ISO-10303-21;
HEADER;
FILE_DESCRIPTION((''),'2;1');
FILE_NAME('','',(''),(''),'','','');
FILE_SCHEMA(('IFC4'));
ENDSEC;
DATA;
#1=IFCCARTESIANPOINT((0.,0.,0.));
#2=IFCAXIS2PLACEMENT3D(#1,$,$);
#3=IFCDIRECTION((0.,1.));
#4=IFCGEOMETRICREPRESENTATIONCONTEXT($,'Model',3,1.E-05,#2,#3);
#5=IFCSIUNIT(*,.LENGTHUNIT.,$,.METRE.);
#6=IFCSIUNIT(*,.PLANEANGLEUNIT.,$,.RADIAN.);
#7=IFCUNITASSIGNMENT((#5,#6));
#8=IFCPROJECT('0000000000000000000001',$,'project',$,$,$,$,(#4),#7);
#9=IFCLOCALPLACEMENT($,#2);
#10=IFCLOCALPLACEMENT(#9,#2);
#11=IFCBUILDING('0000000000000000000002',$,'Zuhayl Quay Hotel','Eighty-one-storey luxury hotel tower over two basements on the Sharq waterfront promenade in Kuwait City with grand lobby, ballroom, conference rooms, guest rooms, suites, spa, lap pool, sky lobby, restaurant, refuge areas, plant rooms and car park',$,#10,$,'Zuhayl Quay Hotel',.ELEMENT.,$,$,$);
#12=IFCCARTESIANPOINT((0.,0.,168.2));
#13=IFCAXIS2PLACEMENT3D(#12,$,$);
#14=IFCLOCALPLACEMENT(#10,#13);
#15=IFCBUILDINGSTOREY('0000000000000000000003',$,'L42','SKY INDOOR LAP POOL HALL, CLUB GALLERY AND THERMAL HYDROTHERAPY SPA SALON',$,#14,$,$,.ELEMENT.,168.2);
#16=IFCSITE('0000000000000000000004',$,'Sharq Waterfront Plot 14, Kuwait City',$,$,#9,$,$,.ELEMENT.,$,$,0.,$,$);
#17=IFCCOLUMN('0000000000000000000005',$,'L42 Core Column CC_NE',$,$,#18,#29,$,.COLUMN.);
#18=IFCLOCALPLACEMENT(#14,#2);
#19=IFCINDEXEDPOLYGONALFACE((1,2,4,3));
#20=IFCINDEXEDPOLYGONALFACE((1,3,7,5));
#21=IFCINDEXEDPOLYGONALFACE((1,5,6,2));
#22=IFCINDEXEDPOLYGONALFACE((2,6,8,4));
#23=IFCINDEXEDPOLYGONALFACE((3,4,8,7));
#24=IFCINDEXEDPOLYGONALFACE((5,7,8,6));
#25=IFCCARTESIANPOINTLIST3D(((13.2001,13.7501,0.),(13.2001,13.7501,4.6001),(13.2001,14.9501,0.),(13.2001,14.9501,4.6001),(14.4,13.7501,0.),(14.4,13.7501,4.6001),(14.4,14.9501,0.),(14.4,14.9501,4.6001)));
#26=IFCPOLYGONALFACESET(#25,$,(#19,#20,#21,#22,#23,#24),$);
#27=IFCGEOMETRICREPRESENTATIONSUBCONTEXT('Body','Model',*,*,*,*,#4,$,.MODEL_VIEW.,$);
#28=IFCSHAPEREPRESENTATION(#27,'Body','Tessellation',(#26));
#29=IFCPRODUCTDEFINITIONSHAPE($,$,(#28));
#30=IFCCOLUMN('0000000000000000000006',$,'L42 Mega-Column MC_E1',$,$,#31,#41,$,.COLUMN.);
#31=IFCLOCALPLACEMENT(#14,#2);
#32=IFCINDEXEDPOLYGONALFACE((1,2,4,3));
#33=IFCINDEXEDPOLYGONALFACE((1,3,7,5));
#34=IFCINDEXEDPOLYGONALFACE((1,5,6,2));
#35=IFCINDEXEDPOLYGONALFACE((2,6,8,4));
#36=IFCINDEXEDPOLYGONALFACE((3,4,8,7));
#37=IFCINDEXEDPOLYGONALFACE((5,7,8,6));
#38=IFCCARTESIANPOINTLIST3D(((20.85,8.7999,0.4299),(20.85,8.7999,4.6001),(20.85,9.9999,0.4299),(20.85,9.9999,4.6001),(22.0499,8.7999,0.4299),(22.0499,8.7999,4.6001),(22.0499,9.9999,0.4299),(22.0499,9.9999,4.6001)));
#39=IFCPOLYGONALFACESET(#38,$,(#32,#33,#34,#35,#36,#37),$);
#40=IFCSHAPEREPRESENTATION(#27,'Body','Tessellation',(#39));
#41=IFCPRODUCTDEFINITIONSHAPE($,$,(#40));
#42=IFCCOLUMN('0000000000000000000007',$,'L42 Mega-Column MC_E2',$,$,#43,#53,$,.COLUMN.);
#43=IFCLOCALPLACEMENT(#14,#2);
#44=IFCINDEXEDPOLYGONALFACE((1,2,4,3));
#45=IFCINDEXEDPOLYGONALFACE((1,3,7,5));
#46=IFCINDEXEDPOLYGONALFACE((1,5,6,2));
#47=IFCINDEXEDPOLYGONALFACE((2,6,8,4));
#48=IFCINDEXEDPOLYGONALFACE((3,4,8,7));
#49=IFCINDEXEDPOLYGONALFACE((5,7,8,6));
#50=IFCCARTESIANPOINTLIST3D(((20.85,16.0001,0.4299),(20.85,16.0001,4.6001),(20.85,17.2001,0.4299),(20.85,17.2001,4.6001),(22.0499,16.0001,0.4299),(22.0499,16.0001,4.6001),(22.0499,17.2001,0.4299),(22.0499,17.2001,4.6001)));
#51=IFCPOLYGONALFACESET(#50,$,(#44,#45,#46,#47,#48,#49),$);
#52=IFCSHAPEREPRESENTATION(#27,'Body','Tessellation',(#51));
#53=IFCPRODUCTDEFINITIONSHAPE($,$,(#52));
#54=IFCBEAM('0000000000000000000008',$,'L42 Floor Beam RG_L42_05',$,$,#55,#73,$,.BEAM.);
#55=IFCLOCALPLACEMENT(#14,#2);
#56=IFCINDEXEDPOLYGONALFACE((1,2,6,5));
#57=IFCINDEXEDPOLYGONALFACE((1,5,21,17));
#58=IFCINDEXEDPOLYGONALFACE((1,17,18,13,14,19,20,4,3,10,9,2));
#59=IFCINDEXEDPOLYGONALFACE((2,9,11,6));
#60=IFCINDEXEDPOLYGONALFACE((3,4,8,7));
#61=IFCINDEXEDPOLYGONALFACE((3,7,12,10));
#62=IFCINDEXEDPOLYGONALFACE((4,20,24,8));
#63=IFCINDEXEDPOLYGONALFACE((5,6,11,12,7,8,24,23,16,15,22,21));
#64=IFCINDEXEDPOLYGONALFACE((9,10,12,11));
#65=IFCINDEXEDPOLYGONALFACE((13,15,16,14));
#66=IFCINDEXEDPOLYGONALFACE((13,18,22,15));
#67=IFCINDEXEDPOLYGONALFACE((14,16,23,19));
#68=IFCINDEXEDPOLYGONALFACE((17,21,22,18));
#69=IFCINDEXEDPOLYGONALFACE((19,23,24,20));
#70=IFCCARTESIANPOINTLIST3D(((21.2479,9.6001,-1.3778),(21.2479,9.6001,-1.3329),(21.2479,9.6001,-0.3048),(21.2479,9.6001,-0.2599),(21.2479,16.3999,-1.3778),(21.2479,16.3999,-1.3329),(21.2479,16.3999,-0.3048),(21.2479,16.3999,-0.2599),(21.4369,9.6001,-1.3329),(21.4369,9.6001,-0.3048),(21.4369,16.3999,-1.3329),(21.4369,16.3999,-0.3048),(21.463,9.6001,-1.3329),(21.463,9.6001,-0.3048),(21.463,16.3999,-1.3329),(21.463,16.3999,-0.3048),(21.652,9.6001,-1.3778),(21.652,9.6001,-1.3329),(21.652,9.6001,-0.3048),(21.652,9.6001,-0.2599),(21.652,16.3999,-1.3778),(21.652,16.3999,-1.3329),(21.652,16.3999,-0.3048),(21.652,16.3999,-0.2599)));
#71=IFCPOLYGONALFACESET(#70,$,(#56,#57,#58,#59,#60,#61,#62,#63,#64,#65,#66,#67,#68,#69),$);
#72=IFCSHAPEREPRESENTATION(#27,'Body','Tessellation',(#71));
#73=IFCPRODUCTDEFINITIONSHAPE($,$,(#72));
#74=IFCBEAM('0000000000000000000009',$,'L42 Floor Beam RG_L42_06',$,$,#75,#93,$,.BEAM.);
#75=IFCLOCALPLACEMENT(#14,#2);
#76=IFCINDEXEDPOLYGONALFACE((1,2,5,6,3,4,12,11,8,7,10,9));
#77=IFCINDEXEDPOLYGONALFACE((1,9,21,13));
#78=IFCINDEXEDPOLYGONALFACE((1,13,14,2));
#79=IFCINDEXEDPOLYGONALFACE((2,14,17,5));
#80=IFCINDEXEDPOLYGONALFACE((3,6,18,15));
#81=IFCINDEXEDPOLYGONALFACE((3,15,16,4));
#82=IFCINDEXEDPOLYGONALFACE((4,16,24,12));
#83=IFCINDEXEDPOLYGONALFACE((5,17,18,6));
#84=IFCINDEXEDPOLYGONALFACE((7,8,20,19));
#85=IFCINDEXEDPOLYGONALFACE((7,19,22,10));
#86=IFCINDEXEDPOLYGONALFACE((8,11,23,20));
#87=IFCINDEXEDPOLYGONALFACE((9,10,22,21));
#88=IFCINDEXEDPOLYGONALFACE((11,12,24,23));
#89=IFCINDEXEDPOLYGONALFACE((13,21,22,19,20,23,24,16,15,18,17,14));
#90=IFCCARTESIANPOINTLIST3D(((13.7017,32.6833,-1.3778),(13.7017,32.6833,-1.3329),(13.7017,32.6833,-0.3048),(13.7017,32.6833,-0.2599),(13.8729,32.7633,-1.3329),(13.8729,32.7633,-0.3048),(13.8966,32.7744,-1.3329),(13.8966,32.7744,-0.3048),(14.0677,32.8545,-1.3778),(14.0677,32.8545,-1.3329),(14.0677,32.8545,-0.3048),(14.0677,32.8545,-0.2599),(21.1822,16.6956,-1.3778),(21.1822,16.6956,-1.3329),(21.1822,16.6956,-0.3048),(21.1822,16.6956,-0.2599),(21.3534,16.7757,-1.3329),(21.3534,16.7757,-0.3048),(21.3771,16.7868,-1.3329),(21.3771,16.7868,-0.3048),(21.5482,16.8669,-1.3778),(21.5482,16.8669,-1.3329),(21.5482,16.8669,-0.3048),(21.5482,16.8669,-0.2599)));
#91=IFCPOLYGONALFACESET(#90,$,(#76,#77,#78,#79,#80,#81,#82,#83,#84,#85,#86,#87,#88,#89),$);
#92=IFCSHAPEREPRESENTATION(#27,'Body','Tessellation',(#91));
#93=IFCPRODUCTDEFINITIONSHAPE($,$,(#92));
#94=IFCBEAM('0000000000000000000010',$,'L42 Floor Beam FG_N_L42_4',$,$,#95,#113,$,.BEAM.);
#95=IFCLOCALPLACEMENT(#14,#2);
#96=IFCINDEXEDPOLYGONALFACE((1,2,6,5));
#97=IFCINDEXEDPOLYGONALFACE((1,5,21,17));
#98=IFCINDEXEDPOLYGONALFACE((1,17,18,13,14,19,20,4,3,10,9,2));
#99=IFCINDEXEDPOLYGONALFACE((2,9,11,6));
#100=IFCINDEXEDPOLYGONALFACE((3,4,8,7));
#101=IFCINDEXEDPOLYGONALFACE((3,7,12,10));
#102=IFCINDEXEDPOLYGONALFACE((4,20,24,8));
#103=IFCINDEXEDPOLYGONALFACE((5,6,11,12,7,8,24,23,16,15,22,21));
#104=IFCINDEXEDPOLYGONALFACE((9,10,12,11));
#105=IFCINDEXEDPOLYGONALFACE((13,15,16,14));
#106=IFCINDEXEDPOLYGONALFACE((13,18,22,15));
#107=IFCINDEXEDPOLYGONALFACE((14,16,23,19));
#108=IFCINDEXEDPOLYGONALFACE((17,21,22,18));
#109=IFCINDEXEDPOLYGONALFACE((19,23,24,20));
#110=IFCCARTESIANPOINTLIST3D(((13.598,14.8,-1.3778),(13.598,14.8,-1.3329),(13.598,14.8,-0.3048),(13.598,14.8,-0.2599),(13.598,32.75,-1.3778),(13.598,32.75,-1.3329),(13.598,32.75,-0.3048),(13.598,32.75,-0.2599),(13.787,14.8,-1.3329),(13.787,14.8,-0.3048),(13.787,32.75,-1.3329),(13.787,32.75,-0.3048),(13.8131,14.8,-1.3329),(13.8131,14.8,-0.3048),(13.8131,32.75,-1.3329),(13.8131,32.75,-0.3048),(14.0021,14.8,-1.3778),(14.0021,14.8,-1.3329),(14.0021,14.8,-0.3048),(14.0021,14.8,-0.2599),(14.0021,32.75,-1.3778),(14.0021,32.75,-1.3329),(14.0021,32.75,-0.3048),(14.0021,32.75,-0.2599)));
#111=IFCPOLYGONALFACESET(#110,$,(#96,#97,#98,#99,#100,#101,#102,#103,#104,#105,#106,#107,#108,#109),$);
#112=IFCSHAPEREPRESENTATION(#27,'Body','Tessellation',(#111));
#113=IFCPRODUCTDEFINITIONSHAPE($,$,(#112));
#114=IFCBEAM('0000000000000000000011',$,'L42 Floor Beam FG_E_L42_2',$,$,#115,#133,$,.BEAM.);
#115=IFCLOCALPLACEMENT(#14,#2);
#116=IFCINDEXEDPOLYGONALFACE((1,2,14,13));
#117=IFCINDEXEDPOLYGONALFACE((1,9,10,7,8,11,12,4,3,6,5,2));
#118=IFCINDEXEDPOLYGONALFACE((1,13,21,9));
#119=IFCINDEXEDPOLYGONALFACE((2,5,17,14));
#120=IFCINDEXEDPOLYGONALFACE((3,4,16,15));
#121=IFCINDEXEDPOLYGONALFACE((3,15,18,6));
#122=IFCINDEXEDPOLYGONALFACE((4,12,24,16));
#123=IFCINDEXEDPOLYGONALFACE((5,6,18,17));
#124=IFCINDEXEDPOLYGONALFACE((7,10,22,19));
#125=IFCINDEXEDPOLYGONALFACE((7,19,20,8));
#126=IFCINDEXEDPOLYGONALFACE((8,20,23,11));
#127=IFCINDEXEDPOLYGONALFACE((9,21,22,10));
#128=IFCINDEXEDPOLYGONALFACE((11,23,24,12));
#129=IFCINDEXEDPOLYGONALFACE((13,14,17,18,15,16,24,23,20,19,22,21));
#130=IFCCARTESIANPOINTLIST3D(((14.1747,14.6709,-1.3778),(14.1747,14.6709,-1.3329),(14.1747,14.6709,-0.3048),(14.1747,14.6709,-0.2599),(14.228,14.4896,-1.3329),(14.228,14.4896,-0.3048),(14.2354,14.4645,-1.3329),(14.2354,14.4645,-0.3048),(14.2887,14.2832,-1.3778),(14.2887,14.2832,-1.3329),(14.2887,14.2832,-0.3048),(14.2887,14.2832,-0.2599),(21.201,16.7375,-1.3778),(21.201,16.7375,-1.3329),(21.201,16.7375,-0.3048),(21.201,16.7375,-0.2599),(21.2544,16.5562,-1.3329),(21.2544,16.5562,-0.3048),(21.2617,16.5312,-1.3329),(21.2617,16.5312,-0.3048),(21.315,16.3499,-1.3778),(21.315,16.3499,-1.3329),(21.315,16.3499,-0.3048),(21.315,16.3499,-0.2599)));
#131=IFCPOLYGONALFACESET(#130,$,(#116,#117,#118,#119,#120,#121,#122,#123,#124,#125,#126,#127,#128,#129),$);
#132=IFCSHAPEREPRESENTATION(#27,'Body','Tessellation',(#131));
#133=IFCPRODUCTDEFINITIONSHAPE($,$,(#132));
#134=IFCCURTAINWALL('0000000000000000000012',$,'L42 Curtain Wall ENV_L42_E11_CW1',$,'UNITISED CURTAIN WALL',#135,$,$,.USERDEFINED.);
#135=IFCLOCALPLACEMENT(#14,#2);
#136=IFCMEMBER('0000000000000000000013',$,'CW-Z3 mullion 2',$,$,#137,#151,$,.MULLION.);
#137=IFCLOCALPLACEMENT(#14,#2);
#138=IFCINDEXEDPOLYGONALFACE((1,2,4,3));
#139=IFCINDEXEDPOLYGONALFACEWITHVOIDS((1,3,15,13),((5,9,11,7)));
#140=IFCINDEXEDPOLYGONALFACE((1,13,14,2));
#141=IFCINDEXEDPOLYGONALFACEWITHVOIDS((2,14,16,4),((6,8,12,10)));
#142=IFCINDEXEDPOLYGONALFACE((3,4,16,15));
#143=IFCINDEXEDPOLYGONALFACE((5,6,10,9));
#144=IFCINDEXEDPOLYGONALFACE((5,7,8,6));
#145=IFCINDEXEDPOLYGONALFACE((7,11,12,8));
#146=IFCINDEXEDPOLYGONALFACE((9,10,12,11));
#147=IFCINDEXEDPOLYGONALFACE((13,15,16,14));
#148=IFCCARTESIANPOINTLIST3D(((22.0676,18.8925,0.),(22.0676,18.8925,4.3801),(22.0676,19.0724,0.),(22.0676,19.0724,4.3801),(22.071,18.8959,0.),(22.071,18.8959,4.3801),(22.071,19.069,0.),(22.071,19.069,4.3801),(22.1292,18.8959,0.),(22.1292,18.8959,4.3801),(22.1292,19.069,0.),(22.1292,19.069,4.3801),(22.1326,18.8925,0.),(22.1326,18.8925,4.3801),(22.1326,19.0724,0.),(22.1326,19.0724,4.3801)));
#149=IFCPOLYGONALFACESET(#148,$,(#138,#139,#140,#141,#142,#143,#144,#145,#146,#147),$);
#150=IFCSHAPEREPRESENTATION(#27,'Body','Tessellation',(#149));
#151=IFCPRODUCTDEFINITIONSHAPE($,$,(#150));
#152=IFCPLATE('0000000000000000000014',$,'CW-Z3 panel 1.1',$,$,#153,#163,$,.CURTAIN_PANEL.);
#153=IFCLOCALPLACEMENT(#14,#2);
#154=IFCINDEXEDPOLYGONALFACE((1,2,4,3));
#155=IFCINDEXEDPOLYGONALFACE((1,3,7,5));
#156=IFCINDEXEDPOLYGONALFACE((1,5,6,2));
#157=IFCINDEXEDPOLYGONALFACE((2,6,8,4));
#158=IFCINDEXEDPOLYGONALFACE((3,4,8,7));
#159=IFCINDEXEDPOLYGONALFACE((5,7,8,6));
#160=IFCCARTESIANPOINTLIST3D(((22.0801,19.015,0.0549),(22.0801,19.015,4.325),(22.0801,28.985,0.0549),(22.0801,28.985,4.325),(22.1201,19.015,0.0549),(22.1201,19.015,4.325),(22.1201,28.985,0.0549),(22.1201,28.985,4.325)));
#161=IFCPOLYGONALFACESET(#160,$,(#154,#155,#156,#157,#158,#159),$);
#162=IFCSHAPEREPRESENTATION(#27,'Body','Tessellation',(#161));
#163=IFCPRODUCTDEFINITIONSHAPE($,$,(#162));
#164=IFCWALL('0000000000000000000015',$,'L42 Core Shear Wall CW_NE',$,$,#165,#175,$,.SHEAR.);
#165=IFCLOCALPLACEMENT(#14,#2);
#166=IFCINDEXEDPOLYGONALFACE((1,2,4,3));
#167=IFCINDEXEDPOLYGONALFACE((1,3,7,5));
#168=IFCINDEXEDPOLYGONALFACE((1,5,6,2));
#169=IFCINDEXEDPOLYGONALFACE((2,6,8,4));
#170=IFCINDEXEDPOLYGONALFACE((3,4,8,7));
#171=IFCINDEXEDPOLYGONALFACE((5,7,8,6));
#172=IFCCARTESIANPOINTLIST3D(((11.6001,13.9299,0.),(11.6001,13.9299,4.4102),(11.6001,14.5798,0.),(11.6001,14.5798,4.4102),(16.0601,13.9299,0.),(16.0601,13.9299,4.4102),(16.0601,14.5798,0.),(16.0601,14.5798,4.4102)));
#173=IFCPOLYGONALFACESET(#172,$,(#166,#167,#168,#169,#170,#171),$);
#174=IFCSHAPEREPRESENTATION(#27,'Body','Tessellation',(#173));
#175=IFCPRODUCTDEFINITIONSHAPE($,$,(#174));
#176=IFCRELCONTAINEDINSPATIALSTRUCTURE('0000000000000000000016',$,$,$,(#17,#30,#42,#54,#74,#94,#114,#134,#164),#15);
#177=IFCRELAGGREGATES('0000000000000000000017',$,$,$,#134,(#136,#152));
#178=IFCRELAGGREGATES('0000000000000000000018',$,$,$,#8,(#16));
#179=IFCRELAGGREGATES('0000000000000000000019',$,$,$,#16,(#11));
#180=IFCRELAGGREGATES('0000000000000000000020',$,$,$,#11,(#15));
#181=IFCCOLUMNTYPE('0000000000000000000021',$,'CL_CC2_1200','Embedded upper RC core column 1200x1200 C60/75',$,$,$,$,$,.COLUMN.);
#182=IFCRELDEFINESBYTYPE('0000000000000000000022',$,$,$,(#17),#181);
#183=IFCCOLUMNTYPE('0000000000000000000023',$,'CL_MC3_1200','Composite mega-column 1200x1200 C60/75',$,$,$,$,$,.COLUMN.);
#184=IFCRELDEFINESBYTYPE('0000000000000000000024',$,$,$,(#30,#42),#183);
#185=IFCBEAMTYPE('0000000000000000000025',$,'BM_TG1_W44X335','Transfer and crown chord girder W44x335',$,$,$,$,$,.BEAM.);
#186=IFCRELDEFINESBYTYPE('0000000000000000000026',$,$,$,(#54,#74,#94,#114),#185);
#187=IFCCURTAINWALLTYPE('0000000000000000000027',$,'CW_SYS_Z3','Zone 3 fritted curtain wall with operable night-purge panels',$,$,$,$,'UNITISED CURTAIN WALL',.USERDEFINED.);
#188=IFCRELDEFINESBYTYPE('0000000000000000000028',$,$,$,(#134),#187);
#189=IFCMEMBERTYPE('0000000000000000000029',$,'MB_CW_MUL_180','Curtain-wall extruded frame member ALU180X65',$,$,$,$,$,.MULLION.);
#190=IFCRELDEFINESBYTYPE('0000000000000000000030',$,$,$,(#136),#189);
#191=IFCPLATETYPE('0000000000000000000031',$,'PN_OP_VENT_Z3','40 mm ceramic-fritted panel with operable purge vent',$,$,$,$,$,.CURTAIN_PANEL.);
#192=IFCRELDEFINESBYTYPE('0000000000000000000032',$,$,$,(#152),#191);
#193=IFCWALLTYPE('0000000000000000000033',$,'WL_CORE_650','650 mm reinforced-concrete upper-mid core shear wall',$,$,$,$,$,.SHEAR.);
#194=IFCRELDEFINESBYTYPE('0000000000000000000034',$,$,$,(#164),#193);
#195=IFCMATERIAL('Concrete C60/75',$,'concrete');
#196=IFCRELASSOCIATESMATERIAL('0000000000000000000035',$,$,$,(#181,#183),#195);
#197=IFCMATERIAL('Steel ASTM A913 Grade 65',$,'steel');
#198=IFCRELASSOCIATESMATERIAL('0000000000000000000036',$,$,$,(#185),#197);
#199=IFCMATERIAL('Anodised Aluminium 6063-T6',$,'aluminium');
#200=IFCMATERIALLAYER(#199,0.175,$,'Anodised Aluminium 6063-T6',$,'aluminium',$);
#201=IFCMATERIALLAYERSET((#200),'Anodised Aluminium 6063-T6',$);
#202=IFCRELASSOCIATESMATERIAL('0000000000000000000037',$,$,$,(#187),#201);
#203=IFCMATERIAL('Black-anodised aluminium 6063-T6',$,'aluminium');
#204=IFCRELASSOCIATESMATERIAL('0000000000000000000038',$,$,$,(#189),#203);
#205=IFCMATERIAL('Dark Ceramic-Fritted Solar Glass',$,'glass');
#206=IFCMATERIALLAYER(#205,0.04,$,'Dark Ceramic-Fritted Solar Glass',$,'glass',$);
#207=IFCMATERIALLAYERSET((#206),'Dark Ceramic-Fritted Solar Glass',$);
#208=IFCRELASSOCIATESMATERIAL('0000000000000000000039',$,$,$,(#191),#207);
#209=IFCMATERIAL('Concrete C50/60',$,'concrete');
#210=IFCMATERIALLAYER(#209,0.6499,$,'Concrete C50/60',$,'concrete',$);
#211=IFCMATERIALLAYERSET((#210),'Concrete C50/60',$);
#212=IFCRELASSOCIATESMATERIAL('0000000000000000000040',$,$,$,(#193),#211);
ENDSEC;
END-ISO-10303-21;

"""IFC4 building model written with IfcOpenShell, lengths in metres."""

from ifc_helpers import new_model, si_unit, direction, frame, frame_2d, origin, origin_2d, place, context, subcontext, project, spatial, rectangle, hollow_rectangle, i_section, extrude, material, layer, layer_set, material_profile, profile_set, type_object, element, aggregate, save


model = new_model("IFC4")

# Units and contexts
model_context = context("Model", 3, precision=1e-05, world=origin(), true_north=direction((0.0, 1.0)))
body_context = subcontext(model_context, "Body", "Model", "MODEL_VIEW")
ifc_project = project(units=[si_unit("LENGTHUNIT", "METRE"), si_unit("PLANEANGLEUNIT", "RADIAN")], contexts=[model_context])

# Site, building, storey
site_placement = place(None, origin())
site = spatial("IfcSite", under=ifc_project, at=site_placement, Name="Sharq Waterfront Plot 14, Kuwait City", CompositionType="ELEMENT", RefElevation=0.0)
building_placement = place(site_placement, origin())
building = spatial("IfcBuilding", under=site, at=building_placement, Name="Zuhayl Quay Hotel", Description="Eighty-one-storey luxury hotel tower over two basements on the Sharq waterfront promenade in Kuwait City with grand lobby, ballroom, conference rooms, guest rooms, suites, spa, lap pool, sky lobby, restaurant, refuge areas, plant rooms and car park", LongName="Zuhayl Quay Hotel", CompositionType="ELEMENT")
storey_placement = place(building_placement, frame((0.0, 0.0, 168.2)))
storey = spatial("IfcBuildingStorey", under=building, at=storey_placement, Name="L42", Description="SKY INDOOR LAP POOL HALL, CLUB GALLERY AND THERMAL HYDROTHERAPY SPA SALON", CompositionType="ELEMENT", Elevation=168.2)

# Columns
ifc_material_1 = material(Name="Concrete C60/75", Category="concrete")
ifc_material_profile_1 = material_profile(ifc_material_1, rectangle(XDim=1.2, YDim=1.2, at=origin_2d()), Name="RC1200X1200")
ifc_profile_set_1 = profile_set([ifc_material_profile_1], Name="Concrete C60/75")
column_type_1 = type_object("IfcColumnType", Name="CL_CC2_1200", Description="Embedded upper RC core column 1200x1200 C60/75", PredefinedType="COLUMN", material=ifc_profile_set_1)
column_placement = place(storey_placement, frame((13.8, 14.3501, 0.0), z_axis=(0.0, 0.0, 1.0), x_axis=(1.0, 0.0, 0.0)))
element("IfcColumn", 1, at=column_placement, inside=storey, type_object=column_type_1, Name="L42 Core Column CC_NE", PredefinedType="COLUMN", context=body_context, shape_type="SweptSolid", body=[
    extrude(rectangle(XDim=1.2, YDim=1.2, at=origin_2d()), origin(), (0.0, 0.0, 1.0), 4.6001),
])
ifc_material_profile_2 = material_profile(ifc_material_1, rectangle(XDim=1.2, YDim=1.2, at=origin_2d()), Name="RC1200X1200")
ifc_profile_set_2 = profile_set([ifc_material_profile_2], Name="Concrete C60/75")
column_type_2 = type_object("IfcColumnType", Name="CL_MC3_1200", Description="Composite mega-column 1200x1200 C60/75", PredefinedType="COLUMN", material=ifc_profile_set_2)
for number, where, z_axis, x_axis, name in (
    (2, (21.45, 9.3999, 0.4299), (0.0, 0.0, 1.0), (1.0, 0.0, 0.0), "L42 Mega-Column MC_E1"),
    (3, (21.45, 16.6001, 0.4299), (0.0, 0.0, 1.0), (1.0, 0.0, 0.0), "L42 Mega-Column MC_E2"),
):
    element("IfcColumn", number, at=place(storey_placement, frame(where, z_axis=z_axis, x_axis=x_axis)), inside=storey, type_object=column_type_2, Name=name, PredefinedType="COLUMN", context=body_context, shape_type="SweptSolid", body=[
        extrude(rectangle(XDim=1.2, YDim=1.2, at=origin_2d()), origin(), (0.0, 0.0, 1.0), 4.1702),
    ])

# Beams
ifc_material_2 = material(Name="Steel ASTM A913 Grade 65", Category="steel")
ifc_material_profile_3 = material_profile(ifc_material_2, i_section(OverallWidth=0.4041, OverallDepth=1.1179, WebThickness=0.0261, FlangeThickness=0.0449, at=origin_2d()), Name="W44X335")
ifc_profile_set_3 = profile_set([ifc_material_profile_3], Name="Steel ASTM A913 Grade 65")
beam_type = type_object("IfcBeamType", Name="BM_TG1_W44X335", Description="Transfer and crown chord girder W44x335", PredefinedType="BEAM", material=ifc_profile_set_3)
beam_1_placement = place(storey_placement, frame((21.45, 9.6001, -0.8188), z_axis=(0.0, 1.0, 0.0), x_axis=(-1.0, 0.0, 0.0)))
element("IfcBeam", 4, at=beam_1_placement, inside=storey, type_object=beam_type, Name="L42 Floor Beam RG_L42_05", PredefinedType="BEAM", context=body_context, shape_type="SweptSolid", body=[
    extrude(i_section(OverallWidth=0.4041, OverallDepth=1.1179, WebThickness=0.0261, FlangeThickness=0.0449, at=origin_2d()), origin(), (0.0, 0.0, 1.0), 6.7998),
])
beam_2_placement = place(storey_placement, frame((21.3652, 16.7812, -0.8188), z_axis=(-0.423798, 0.905757, 0.0), x_axis=(-0.905757, -0.423798, 0.0)))
element("IfcBeam", 5, at=beam_2_placement, inside=storey, type_object=beam_type, Name="L42 Floor Beam RG_L42_06", PredefinedType="BEAM", context=body_context, shape_type="SweptSolid", body=[
    extrude(i_section(OverallWidth=0.4041, OverallDepth=1.1179, WebThickness=0.0261, FlangeThickness=0.0449, at=origin_2d()), origin(), (0.0, 0.0, 1.0), 17.6511),
])
beam_3_placement = place(storey_placement, frame((13.8, 14.8, -0.8188), z_axis=(0.0, 1.0, 0.0), x_axis=(-1.0, 0.0, 0.0)))
element("IfcBeam", 6, at=beam_3_placement, inside=storey, type_object=beam_type, Name="L42 Floor Beam FG_N_L42_4", PredefinedType="BEAM", context=body_context, shape_type="SweptSolid", body=[
    extrude(i_section(OverallWidth=0.4041, OverallDepth=1.1179, WebThickness=0.0261, FlangeThickness=0.0449, at=origin_2d()), origin(), (0.0, 0.0, 1.0), 17.95),
])
beam_4_placement = place(storey_placement, frame((14.2317, 14.4771, -0.8188), z_axis=(0.959363, 0.282175, 0.0), x_axis=(-0.282175, 0.959363, 0.0)))
element("IfcBeam", 7, at=beam_4_placement, inside=storey, type_object=beam_type, Name="L42 Floor Beam FG_E_L42_2", PredefinedType="BEAM", context=body_context, shape_type="SweptSolid", body=[
    extrude(i_section(OverallWidth=0.4041, OverallDepth=1.1179, WebThickness=0.0261, FlangeThickness=0.0449, at=origin_2d()), origin(), (0.0, 0.0, 1.0), 7.324),
])

# Curtain wall, member, plate
ifc_material_3 = material(Name="Anodised Aluminium 6063-T6", Category="aluminium")
ifc_layer_1 = layer(ifc_material_3, 0.175, Name="Anodised Aluminium 6063-T6", Category="aluminium")
ifc_layer_set_1 = layer_set([ifc_layer_1], Name="Anodised Aluminium 6063-T6")
curtain_wall_type = type_object("IfcCurtainWallType", Name="CW_SYS_Z3", Description="Zone 3 fritted curtain wall with operable night-purge panels", ElementType="UNITISED CURTAIN WALL", PredefinedType="USERDEFINED", material=ifc_layer_set_1)
curtain_wall_placement = place(storey_placement, origin())
curtain_wall = element("IfcCurtainWall", 8, at=curtain_wall_placement, inside=storey, type_object=curtain_wall_type, Name="L42 Curtain Wall ENV_L42_E11_CW1", ObjectType="UNITISED CURTAIN WALL", PredefinedType="USERDEFINED")
ifc_material_4 = material(Name="Black-anodised aluminium 6063-T6", Category="aluminium")
ifc_material_profile_4 = material_profile(ifc_material_4, hollow_rectangle(XDim=0.0649, YDim=0.1799, WallThickness=0.0034, at=origin_2d()), Name="ALU180X65")
ifc_profile_set_4 = profile_set([ifc_material_profile_4], Name="Black-anodised aluminium 6063-T6")
member_type = type_object("IfcMemberType", Name="MB_CW_MUL_180", Description="Curtain-wall extruded frame member ALU180X65", PredefinedType="MULLION", material=ifc_profile_set_4)
member_placement = place(storey_placement, frame((22.1001, 18.9824, 0.0), z_axis=(0.0, 0.0, 1.0), x_axis=(1.0, 0.0, 0.0)))
member = element("IfcMember", 9, at=member_placement, type_object=member_type, Name="CW-Z3 mullion 2", PredefinedType="MULLION", context=body_context, shape_type="SweptSolid", body=[
    extrude(hollow_rectangle(XDim=0.0649, YDim=0.1799, WallThickness=0.0034, at=origin_2d()), origin(), (0.0, 0.0, 1.0), 4.3801),
])
ifc_material_5 = material(Name="Dark Ceramic-Fritted Solar Glass", Category="glass")
ifc_layer_2 = layer(ifc_material_5, 0.04, Name="Dark Ceramic-Fritted Solar Glass", Category="glass")
ifc_layer_set_2 = layer_set([ifc_layer_2], Name="Dark Ceramic-Fritted Solar Glass")
plate_type = type_object("IfcPlateType", Name="PN_OP_VENT_Z3", Description="40 mm ceramic-fritted panel with operable purge vent", PredefinedType="CURTAIN_PANEL", material=ifc_layer_set_2)
plate_placement = place(storey_placement, frame((22.1001, 24.0, 0.0549), z_axis=(0.0, 0.0, 1.0), x_axis=(0.0, -1.0, 0.0)))
plate = element("IfcPlate", 10, at=plate_placement, type_object=plate_type, Name="CW-Z3 panel 1.1", PredefinedType="CURTAIN_PANEL", context=body_context, shape_type="SweptSolid", body=[
    extrude(rectangle(XDim=9.97, YDim=0.04, at=origin_2d()), origin(), (0.0, 0.0, 1.0), 4.27),
])
aggregate(curtain_wall, [member, plate])

# Wall
ifc_material_6 = material(Name="Concrete C50/60", Category="concrete")
ifc_layer_3 = layer(ifc_material_6, 0.6499, Name="Concrete C50/60", Category="concrete")
ifc_layer_set_3 = layer_set([ifc_layer_3], Name="Concrete C50/60")
wall_type_1 = type_object("IfcWallType", Name="WL_CORE_650", Description="650 mm reinforced-concrete upper-mid core shear wall", PredefinedType="SHEAR", material=ifc_layer_set_3)
wall_1_placement = place(storey_placement, frame((11.6001, 14.2549, 0.0), z_axis=(0.0, 0.0, 1.0), x_axis=(1.0, 0.0, 0.0)))
element("IfcWall", 11, at=wall_1_placement, inside=storey, type_object=wall_type_1, Name="L42 Core Shear Wall CW_NE", PredefinedType="SHEAR", context=body_context, shape_type="SweptSolid", body=[
    extrude(rectangle(XDim=4.46, YDim=0.6499, at=frame_2d((2.23, 0.0))), origin(), (0.0, 0.0, 1.0), 4.4102),
])

save(model, "model.ifc")
